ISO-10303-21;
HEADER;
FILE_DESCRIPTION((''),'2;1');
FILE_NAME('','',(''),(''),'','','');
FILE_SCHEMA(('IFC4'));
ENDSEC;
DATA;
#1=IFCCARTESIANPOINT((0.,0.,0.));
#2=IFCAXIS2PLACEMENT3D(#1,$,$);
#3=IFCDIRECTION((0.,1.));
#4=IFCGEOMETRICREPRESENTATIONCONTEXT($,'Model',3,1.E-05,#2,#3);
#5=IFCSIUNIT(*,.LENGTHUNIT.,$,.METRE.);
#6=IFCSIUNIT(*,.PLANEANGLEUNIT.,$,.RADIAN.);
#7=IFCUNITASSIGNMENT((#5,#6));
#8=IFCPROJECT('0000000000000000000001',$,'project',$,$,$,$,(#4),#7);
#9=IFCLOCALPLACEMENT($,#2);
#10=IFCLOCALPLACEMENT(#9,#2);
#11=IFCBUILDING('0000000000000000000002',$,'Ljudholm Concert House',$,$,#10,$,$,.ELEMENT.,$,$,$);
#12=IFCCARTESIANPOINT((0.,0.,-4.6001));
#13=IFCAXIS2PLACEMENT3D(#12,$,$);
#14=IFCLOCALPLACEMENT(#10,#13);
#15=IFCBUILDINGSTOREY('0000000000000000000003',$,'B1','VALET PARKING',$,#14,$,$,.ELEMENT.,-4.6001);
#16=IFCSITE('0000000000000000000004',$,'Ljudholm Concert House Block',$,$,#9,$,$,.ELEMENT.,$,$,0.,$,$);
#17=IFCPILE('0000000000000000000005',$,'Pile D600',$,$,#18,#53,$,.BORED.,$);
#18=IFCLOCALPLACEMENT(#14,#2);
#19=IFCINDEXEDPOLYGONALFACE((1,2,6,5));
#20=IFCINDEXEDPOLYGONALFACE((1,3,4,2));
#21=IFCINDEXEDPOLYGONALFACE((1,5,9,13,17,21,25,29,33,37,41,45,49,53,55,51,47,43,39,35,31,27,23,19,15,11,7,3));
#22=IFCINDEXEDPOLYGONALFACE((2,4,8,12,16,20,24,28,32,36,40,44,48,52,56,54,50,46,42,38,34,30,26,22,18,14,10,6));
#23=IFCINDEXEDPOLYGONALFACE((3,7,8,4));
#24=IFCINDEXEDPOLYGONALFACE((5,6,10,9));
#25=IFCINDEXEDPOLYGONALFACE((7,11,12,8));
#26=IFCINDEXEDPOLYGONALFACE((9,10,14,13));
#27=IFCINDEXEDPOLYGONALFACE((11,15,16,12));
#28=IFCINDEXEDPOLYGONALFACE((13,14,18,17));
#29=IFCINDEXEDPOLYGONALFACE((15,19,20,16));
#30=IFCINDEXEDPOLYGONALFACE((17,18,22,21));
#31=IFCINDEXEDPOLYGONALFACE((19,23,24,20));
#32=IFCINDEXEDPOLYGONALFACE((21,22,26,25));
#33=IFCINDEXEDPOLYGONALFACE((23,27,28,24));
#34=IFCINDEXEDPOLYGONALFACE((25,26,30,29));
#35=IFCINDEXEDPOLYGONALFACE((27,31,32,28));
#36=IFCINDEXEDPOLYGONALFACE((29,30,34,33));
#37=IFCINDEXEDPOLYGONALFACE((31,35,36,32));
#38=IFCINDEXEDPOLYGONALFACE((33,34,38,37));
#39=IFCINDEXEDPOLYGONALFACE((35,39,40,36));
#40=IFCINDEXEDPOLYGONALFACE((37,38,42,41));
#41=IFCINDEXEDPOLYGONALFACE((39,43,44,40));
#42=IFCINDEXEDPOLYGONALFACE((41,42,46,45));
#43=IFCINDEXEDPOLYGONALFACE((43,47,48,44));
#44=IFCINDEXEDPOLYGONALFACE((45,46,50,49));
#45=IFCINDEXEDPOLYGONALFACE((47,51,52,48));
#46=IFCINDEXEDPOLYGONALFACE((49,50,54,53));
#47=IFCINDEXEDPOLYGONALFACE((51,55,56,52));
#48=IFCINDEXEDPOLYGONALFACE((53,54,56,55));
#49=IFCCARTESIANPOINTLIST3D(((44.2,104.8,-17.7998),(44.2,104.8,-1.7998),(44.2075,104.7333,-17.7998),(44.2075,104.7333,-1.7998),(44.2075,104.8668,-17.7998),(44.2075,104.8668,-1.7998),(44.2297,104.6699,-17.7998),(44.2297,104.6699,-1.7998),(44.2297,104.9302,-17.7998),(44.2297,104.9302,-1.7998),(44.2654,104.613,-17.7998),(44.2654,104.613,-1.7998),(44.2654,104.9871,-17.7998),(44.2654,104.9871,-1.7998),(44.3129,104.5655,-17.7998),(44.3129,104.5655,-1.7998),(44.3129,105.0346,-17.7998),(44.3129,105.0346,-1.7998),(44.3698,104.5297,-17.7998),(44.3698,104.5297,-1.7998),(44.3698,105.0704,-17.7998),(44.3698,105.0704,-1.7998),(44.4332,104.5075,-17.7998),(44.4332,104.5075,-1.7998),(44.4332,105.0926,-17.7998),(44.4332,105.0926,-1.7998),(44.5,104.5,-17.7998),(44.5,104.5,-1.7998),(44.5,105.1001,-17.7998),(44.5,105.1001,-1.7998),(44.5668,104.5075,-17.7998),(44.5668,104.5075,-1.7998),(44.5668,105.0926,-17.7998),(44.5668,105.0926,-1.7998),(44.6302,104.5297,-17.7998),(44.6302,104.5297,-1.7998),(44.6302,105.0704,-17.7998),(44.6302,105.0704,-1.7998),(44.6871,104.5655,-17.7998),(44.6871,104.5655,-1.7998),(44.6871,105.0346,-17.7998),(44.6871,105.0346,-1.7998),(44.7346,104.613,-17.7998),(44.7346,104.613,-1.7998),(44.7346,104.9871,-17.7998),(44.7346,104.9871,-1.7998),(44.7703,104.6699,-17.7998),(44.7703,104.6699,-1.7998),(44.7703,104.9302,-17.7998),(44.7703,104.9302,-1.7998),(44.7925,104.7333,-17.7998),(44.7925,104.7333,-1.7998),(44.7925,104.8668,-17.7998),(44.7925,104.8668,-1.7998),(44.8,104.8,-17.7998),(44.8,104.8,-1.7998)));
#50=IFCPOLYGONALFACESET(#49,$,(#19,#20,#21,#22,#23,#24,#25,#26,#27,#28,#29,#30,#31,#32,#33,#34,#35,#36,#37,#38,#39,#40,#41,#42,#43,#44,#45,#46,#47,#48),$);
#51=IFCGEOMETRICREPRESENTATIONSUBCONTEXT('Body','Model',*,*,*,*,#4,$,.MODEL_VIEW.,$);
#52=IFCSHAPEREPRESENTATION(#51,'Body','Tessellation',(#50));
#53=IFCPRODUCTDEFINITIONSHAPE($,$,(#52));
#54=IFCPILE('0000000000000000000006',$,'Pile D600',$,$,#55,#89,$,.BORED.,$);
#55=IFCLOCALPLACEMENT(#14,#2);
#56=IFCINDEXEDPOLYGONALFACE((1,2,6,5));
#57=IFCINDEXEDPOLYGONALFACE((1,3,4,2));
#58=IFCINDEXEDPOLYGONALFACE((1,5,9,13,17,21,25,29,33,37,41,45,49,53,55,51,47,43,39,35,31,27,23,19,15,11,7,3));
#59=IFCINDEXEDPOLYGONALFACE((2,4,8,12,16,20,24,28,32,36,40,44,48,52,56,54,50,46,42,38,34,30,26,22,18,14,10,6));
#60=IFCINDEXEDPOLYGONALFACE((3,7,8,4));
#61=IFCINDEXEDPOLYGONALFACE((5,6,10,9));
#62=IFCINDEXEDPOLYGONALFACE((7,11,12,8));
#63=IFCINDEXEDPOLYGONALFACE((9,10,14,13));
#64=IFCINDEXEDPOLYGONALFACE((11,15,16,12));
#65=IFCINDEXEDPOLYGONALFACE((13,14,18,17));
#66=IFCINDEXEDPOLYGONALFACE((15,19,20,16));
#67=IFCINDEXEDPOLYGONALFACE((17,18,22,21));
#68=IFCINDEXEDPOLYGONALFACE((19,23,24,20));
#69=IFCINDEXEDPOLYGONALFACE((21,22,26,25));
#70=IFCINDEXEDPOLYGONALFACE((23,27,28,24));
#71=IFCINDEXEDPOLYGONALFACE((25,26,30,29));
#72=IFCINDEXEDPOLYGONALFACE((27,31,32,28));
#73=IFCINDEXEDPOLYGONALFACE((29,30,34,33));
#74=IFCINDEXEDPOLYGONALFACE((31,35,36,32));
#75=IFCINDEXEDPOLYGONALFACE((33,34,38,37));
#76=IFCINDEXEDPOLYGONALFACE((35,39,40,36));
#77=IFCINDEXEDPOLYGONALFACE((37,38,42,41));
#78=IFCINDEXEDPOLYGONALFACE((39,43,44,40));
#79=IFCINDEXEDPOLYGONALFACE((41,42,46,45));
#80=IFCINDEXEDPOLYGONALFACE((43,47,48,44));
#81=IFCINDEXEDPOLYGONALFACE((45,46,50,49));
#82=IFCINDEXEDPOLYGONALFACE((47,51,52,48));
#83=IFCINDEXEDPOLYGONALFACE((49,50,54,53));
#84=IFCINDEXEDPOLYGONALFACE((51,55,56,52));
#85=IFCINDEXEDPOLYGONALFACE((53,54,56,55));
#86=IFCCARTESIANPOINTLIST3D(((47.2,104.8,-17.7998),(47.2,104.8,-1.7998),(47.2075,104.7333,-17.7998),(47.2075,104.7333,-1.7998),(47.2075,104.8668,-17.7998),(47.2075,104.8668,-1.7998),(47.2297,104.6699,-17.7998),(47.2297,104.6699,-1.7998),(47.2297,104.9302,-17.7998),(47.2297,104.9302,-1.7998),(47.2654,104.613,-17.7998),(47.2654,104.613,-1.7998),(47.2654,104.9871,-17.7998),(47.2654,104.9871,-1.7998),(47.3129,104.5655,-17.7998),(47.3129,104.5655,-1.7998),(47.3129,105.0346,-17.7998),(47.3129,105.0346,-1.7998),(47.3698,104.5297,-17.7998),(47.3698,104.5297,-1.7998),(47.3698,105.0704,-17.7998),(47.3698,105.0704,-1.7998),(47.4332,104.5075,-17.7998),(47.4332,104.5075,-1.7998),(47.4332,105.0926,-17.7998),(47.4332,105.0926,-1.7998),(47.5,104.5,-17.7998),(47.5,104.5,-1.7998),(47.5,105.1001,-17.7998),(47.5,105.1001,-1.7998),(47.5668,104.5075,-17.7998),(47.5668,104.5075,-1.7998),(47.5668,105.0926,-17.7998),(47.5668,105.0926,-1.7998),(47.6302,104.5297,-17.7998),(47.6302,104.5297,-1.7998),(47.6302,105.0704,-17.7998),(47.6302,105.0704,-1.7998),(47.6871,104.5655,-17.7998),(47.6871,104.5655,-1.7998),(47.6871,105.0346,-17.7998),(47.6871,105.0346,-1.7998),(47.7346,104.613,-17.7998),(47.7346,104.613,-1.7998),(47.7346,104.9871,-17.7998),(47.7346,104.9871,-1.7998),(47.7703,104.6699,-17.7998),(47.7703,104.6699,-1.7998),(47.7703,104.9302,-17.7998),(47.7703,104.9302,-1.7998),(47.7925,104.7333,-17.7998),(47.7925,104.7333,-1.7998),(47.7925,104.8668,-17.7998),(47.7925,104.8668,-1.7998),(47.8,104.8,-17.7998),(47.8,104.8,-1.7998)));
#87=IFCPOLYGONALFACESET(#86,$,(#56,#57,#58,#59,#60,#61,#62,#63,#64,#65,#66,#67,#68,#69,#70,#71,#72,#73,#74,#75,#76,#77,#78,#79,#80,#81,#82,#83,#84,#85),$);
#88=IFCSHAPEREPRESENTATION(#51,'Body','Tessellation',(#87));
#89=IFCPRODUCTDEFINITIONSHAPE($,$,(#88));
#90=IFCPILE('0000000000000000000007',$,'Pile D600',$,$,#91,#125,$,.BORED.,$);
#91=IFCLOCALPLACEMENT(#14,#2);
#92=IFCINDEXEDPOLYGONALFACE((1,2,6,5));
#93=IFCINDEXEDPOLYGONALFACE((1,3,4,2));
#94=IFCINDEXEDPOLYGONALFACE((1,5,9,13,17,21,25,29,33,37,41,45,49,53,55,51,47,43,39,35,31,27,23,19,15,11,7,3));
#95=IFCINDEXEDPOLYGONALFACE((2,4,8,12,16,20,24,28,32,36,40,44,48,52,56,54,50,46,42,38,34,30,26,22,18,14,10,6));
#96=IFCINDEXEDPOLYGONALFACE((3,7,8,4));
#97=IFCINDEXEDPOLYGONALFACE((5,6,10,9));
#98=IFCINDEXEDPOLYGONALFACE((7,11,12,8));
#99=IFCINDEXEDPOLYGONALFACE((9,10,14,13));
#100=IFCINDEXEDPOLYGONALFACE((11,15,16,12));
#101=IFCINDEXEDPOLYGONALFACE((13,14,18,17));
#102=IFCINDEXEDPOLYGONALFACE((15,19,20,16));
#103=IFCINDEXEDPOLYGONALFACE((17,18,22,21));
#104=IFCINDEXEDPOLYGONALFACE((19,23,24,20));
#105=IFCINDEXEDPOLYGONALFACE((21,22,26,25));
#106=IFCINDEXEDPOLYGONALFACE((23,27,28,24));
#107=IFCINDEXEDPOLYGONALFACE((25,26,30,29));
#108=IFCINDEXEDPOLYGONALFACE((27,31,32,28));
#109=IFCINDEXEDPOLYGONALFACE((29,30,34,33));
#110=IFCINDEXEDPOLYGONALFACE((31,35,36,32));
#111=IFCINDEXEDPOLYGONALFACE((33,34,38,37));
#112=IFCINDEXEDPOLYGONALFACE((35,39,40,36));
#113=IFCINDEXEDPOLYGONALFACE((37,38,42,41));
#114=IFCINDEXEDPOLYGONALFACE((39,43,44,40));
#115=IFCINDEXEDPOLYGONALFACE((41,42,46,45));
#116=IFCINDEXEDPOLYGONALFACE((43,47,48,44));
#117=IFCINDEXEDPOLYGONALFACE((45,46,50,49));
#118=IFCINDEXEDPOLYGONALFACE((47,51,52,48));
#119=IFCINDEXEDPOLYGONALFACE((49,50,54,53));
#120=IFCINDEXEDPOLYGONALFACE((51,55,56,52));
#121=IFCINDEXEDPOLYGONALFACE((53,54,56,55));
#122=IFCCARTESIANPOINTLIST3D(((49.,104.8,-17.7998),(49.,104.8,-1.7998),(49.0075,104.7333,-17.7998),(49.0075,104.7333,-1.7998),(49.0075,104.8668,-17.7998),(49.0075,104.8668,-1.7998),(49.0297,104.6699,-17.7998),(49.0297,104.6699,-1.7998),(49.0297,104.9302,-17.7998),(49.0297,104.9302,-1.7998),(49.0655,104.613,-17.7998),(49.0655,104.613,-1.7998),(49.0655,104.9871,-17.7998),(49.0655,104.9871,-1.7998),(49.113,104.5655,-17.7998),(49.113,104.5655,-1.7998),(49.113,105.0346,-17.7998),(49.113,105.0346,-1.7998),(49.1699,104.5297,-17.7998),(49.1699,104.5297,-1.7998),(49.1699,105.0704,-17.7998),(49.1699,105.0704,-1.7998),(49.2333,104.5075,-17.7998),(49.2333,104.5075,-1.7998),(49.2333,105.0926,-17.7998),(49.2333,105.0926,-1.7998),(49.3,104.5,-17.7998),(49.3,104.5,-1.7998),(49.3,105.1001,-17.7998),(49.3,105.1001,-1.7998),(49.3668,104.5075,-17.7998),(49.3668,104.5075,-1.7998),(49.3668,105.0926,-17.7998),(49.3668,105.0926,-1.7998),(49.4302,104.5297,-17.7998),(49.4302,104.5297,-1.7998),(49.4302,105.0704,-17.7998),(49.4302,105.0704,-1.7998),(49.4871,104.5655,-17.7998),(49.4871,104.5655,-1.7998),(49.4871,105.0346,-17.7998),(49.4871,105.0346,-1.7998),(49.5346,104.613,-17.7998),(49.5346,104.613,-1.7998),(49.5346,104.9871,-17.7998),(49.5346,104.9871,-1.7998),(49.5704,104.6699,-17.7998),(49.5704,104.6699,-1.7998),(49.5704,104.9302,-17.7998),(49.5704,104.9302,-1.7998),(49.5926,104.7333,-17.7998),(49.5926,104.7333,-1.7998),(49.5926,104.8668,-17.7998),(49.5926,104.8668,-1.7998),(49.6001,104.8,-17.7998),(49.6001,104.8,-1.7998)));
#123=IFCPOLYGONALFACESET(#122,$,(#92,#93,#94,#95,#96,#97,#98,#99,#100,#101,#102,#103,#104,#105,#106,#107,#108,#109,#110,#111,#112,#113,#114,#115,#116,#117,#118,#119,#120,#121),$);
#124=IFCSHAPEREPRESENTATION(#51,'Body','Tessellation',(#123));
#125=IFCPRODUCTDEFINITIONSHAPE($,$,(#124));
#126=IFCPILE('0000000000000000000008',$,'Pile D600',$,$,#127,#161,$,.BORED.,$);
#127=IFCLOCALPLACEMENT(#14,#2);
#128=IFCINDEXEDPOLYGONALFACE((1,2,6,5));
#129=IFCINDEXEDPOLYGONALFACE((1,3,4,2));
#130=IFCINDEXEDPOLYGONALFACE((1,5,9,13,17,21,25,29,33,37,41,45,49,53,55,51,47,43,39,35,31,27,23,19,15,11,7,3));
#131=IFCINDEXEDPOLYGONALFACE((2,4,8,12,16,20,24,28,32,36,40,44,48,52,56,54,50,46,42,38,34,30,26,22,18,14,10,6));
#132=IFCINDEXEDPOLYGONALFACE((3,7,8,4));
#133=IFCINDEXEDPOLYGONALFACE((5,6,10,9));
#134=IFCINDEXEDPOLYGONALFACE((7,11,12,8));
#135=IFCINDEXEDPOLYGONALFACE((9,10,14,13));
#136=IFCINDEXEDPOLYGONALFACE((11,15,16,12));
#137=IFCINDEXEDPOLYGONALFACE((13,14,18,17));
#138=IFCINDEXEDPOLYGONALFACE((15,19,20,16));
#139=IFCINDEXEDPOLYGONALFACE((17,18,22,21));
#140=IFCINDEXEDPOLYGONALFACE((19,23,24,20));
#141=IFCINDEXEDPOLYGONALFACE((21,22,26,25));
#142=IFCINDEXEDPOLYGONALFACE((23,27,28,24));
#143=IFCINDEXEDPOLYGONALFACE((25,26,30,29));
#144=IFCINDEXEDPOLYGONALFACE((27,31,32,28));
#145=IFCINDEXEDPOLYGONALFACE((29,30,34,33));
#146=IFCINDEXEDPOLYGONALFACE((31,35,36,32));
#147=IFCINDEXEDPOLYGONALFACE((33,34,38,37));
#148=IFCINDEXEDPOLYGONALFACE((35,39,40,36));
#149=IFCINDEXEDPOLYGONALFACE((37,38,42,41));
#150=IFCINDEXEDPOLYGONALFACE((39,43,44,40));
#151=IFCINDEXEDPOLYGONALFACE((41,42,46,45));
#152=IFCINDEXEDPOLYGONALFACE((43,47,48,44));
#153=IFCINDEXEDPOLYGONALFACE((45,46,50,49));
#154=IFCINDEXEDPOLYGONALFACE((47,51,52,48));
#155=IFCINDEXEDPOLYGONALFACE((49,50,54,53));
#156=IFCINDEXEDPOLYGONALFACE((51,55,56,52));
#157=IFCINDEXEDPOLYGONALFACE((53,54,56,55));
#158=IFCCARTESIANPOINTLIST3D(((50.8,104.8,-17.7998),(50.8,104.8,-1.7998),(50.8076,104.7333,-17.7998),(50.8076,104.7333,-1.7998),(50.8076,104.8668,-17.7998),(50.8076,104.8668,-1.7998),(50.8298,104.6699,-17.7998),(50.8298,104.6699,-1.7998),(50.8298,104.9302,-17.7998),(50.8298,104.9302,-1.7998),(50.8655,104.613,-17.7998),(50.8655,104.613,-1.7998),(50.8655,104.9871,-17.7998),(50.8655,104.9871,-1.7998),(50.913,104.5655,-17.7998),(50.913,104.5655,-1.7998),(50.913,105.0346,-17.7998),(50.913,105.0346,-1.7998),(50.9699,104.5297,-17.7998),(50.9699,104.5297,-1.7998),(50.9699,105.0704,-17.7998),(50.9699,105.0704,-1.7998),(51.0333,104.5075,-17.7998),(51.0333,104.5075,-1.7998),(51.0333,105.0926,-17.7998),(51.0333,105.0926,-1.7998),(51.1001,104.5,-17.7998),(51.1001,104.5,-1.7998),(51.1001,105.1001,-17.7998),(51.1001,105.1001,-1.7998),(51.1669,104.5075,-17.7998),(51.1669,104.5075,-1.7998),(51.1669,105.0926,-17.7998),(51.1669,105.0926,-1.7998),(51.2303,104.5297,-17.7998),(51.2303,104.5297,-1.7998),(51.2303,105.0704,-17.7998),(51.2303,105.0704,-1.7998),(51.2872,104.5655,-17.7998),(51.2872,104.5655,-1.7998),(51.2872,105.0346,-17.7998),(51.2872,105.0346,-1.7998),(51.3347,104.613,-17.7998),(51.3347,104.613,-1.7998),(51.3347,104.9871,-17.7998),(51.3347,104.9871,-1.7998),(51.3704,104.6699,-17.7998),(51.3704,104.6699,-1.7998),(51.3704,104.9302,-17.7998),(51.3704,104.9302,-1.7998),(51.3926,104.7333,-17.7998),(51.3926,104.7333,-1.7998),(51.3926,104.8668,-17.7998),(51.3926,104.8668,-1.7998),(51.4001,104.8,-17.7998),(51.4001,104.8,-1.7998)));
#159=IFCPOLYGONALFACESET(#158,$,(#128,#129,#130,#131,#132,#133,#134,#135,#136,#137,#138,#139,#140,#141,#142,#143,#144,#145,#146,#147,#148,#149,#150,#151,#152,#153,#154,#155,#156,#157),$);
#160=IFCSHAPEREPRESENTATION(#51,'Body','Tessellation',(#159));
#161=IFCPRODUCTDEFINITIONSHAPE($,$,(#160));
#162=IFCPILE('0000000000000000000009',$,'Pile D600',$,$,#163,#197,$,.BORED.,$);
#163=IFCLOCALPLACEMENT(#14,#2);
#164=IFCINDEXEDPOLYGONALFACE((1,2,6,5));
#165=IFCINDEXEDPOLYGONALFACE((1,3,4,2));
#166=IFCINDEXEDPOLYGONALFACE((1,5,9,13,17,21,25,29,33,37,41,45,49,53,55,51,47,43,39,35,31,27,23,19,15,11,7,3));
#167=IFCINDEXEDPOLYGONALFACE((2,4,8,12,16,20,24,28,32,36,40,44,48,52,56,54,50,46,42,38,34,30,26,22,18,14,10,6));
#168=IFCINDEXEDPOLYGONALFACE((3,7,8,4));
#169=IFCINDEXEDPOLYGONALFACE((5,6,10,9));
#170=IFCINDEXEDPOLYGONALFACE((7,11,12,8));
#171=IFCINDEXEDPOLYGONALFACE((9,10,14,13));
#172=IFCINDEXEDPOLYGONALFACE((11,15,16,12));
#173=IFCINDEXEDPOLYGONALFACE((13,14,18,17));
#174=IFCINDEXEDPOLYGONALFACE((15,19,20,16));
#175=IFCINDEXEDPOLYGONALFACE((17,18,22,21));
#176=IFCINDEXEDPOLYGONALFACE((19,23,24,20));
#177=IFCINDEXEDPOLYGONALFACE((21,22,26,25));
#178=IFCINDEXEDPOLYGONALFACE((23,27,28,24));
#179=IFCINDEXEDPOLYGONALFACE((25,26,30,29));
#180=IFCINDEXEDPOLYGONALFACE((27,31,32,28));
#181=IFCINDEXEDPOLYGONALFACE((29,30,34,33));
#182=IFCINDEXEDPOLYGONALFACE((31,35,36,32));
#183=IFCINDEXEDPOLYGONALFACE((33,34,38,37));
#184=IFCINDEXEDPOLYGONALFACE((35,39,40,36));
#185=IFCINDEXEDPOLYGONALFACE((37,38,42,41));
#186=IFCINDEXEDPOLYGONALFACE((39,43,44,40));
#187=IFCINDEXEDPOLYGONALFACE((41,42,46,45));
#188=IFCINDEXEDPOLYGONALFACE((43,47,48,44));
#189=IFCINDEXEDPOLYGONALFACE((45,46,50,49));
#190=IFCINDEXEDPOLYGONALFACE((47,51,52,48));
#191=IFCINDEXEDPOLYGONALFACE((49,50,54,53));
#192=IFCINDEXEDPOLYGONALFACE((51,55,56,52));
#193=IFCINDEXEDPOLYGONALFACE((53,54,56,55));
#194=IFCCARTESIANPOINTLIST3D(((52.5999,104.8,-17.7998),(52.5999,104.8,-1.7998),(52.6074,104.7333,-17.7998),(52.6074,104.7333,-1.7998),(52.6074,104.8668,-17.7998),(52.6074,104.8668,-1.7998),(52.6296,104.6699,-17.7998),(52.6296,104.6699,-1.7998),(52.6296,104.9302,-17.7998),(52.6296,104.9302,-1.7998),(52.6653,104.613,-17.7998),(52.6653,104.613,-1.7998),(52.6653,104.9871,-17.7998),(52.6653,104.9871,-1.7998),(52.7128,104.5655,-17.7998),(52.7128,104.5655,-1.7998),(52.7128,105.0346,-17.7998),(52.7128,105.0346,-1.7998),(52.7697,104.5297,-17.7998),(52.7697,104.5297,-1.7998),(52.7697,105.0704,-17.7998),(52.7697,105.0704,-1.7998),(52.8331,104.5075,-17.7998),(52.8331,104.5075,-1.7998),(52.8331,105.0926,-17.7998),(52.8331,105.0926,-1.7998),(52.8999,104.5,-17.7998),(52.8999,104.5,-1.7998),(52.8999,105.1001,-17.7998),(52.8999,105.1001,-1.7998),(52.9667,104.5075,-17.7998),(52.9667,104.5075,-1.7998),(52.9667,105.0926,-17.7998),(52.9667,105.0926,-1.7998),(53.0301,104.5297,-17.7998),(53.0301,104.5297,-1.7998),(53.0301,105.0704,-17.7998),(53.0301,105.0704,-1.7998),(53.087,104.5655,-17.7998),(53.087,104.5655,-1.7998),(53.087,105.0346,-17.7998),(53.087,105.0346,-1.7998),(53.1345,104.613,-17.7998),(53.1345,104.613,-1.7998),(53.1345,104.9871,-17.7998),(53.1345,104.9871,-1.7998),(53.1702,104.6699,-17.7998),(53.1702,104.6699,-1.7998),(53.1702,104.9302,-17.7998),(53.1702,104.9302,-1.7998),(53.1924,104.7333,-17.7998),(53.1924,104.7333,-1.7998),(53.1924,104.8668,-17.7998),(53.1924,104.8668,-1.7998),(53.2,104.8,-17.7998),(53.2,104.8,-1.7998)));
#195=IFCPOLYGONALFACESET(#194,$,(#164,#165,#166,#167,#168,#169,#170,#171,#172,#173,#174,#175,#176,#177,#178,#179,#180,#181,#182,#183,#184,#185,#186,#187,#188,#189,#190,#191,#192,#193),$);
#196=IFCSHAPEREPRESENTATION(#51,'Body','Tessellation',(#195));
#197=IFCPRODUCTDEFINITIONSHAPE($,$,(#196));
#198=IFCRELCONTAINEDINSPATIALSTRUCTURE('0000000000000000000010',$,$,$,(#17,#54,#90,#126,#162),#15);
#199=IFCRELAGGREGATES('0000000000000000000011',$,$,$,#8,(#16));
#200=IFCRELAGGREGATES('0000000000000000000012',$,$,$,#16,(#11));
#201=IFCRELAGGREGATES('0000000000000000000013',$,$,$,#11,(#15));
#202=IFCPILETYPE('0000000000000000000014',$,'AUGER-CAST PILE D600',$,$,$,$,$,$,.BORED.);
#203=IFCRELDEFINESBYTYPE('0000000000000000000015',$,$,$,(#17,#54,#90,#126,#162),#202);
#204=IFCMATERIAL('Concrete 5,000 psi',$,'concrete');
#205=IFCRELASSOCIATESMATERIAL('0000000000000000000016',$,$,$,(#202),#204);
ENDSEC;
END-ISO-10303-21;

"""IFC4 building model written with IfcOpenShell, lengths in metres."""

from ifc_helpers import new_model, si_unit, direction, frame, origin, origin_2d, place, context, subcontext, project, spatial, circle, extrude, material, material_profile, profile_set, type_object, element, save


model = new_model("IFC4")

# Units and contexts
model_context = context("Model", 3, precision=1e-05, world=origin(), true_north=direction((0.0, 1.0)))
body_context = subcontext(model_context, "Body", "Model", "MODEL_VIEW")
ifc_project = project(units=[si_unit("LENGTHUNIT", "METRE"), si_unit("PLANEANGLEUNIT", "RADIAN")], contexts=[model_context])

# Site, building, storey
site_placement = place(None, origin())
site = spatial("IfcSite", under=ifc_project, at=site_placement, Name="Ljudholm Concert House Block", CompositionType="ELEMENT", RefElevation=0.0)
building_placement = place(site_placement, origin())
building = spatial("IfcBuilding", under=site, at=building_placement, Name="Ljudholm Concert House", CompositionType="ELEMENT")
storey_placement = place(building_placement, frame((0.0, 0.0, -4.6001)))
storey = spatial("IfcBuildingStorey", under=building, at=storey_placement, Name="B1", Description="VALET PARKING", CompositionType="ELEMENT", Elevation=-4.6001)

# Piles
ifc_material_1 = material(Name="Concrete 5,000 psi", Category="concrete")
ifc_material_profile_1 = material_profile(ifc_material_1, circle(Radius=0.3, at=origin_2d()), Name="AUGER-CAST PILE D600")
ifc_profile_set_1 = profile_set([ifc_material_profile_1], Name="Concrete 5,000 psi")
pile_type = type_object("IfcPileType", Name="AUGER-CAST PILE D600", PredefinedType="BORED", material=ifc_profile_set_1)
for number, where, z_axis, x_axis, name in (
    (1, (44.5, 104.8, -1.7998), (0.0, 0.0, -1.0), (1.0, 0.0, 0.0), "Pile D600"),
    (2, (47.5, 104.8, -1.7998), (0.0, 0.0, -1.0), (1.0, 0.0, 0.0), "Pile D600"),
    (3, (49.3, 104.8, -1.7998), (0.0, 0.0, -1.0), (1.0, 0.0, 0.0), "Pile D600"),
    (4, (51.1001, 104.8, -1.7998), (0.0, 0.0, -1.0), (1.0, 0.0, 0.0), "Pile D600"),
    (5, (52.8999, 104.8, -1.7998), (0.0, 0.0, -1.0), (1.0, 0.0, 0.0), "Pile D600"),
):
    element("IfcPile", number, at=place(storey_placement, frame(where, z_axis=z_axis, x_axis=x_axis)), inside=storey, type_object=pile_type, Name=name, PredefinedType="BORED", context=body_context, shape_type="SweptSolid", body=[
        extrude(circle(Radius=0.3, at=origin_2d()), origin(), (0.0, 0.0, 1.0), 16.0),
    ])

save(model, "model.ifc")
